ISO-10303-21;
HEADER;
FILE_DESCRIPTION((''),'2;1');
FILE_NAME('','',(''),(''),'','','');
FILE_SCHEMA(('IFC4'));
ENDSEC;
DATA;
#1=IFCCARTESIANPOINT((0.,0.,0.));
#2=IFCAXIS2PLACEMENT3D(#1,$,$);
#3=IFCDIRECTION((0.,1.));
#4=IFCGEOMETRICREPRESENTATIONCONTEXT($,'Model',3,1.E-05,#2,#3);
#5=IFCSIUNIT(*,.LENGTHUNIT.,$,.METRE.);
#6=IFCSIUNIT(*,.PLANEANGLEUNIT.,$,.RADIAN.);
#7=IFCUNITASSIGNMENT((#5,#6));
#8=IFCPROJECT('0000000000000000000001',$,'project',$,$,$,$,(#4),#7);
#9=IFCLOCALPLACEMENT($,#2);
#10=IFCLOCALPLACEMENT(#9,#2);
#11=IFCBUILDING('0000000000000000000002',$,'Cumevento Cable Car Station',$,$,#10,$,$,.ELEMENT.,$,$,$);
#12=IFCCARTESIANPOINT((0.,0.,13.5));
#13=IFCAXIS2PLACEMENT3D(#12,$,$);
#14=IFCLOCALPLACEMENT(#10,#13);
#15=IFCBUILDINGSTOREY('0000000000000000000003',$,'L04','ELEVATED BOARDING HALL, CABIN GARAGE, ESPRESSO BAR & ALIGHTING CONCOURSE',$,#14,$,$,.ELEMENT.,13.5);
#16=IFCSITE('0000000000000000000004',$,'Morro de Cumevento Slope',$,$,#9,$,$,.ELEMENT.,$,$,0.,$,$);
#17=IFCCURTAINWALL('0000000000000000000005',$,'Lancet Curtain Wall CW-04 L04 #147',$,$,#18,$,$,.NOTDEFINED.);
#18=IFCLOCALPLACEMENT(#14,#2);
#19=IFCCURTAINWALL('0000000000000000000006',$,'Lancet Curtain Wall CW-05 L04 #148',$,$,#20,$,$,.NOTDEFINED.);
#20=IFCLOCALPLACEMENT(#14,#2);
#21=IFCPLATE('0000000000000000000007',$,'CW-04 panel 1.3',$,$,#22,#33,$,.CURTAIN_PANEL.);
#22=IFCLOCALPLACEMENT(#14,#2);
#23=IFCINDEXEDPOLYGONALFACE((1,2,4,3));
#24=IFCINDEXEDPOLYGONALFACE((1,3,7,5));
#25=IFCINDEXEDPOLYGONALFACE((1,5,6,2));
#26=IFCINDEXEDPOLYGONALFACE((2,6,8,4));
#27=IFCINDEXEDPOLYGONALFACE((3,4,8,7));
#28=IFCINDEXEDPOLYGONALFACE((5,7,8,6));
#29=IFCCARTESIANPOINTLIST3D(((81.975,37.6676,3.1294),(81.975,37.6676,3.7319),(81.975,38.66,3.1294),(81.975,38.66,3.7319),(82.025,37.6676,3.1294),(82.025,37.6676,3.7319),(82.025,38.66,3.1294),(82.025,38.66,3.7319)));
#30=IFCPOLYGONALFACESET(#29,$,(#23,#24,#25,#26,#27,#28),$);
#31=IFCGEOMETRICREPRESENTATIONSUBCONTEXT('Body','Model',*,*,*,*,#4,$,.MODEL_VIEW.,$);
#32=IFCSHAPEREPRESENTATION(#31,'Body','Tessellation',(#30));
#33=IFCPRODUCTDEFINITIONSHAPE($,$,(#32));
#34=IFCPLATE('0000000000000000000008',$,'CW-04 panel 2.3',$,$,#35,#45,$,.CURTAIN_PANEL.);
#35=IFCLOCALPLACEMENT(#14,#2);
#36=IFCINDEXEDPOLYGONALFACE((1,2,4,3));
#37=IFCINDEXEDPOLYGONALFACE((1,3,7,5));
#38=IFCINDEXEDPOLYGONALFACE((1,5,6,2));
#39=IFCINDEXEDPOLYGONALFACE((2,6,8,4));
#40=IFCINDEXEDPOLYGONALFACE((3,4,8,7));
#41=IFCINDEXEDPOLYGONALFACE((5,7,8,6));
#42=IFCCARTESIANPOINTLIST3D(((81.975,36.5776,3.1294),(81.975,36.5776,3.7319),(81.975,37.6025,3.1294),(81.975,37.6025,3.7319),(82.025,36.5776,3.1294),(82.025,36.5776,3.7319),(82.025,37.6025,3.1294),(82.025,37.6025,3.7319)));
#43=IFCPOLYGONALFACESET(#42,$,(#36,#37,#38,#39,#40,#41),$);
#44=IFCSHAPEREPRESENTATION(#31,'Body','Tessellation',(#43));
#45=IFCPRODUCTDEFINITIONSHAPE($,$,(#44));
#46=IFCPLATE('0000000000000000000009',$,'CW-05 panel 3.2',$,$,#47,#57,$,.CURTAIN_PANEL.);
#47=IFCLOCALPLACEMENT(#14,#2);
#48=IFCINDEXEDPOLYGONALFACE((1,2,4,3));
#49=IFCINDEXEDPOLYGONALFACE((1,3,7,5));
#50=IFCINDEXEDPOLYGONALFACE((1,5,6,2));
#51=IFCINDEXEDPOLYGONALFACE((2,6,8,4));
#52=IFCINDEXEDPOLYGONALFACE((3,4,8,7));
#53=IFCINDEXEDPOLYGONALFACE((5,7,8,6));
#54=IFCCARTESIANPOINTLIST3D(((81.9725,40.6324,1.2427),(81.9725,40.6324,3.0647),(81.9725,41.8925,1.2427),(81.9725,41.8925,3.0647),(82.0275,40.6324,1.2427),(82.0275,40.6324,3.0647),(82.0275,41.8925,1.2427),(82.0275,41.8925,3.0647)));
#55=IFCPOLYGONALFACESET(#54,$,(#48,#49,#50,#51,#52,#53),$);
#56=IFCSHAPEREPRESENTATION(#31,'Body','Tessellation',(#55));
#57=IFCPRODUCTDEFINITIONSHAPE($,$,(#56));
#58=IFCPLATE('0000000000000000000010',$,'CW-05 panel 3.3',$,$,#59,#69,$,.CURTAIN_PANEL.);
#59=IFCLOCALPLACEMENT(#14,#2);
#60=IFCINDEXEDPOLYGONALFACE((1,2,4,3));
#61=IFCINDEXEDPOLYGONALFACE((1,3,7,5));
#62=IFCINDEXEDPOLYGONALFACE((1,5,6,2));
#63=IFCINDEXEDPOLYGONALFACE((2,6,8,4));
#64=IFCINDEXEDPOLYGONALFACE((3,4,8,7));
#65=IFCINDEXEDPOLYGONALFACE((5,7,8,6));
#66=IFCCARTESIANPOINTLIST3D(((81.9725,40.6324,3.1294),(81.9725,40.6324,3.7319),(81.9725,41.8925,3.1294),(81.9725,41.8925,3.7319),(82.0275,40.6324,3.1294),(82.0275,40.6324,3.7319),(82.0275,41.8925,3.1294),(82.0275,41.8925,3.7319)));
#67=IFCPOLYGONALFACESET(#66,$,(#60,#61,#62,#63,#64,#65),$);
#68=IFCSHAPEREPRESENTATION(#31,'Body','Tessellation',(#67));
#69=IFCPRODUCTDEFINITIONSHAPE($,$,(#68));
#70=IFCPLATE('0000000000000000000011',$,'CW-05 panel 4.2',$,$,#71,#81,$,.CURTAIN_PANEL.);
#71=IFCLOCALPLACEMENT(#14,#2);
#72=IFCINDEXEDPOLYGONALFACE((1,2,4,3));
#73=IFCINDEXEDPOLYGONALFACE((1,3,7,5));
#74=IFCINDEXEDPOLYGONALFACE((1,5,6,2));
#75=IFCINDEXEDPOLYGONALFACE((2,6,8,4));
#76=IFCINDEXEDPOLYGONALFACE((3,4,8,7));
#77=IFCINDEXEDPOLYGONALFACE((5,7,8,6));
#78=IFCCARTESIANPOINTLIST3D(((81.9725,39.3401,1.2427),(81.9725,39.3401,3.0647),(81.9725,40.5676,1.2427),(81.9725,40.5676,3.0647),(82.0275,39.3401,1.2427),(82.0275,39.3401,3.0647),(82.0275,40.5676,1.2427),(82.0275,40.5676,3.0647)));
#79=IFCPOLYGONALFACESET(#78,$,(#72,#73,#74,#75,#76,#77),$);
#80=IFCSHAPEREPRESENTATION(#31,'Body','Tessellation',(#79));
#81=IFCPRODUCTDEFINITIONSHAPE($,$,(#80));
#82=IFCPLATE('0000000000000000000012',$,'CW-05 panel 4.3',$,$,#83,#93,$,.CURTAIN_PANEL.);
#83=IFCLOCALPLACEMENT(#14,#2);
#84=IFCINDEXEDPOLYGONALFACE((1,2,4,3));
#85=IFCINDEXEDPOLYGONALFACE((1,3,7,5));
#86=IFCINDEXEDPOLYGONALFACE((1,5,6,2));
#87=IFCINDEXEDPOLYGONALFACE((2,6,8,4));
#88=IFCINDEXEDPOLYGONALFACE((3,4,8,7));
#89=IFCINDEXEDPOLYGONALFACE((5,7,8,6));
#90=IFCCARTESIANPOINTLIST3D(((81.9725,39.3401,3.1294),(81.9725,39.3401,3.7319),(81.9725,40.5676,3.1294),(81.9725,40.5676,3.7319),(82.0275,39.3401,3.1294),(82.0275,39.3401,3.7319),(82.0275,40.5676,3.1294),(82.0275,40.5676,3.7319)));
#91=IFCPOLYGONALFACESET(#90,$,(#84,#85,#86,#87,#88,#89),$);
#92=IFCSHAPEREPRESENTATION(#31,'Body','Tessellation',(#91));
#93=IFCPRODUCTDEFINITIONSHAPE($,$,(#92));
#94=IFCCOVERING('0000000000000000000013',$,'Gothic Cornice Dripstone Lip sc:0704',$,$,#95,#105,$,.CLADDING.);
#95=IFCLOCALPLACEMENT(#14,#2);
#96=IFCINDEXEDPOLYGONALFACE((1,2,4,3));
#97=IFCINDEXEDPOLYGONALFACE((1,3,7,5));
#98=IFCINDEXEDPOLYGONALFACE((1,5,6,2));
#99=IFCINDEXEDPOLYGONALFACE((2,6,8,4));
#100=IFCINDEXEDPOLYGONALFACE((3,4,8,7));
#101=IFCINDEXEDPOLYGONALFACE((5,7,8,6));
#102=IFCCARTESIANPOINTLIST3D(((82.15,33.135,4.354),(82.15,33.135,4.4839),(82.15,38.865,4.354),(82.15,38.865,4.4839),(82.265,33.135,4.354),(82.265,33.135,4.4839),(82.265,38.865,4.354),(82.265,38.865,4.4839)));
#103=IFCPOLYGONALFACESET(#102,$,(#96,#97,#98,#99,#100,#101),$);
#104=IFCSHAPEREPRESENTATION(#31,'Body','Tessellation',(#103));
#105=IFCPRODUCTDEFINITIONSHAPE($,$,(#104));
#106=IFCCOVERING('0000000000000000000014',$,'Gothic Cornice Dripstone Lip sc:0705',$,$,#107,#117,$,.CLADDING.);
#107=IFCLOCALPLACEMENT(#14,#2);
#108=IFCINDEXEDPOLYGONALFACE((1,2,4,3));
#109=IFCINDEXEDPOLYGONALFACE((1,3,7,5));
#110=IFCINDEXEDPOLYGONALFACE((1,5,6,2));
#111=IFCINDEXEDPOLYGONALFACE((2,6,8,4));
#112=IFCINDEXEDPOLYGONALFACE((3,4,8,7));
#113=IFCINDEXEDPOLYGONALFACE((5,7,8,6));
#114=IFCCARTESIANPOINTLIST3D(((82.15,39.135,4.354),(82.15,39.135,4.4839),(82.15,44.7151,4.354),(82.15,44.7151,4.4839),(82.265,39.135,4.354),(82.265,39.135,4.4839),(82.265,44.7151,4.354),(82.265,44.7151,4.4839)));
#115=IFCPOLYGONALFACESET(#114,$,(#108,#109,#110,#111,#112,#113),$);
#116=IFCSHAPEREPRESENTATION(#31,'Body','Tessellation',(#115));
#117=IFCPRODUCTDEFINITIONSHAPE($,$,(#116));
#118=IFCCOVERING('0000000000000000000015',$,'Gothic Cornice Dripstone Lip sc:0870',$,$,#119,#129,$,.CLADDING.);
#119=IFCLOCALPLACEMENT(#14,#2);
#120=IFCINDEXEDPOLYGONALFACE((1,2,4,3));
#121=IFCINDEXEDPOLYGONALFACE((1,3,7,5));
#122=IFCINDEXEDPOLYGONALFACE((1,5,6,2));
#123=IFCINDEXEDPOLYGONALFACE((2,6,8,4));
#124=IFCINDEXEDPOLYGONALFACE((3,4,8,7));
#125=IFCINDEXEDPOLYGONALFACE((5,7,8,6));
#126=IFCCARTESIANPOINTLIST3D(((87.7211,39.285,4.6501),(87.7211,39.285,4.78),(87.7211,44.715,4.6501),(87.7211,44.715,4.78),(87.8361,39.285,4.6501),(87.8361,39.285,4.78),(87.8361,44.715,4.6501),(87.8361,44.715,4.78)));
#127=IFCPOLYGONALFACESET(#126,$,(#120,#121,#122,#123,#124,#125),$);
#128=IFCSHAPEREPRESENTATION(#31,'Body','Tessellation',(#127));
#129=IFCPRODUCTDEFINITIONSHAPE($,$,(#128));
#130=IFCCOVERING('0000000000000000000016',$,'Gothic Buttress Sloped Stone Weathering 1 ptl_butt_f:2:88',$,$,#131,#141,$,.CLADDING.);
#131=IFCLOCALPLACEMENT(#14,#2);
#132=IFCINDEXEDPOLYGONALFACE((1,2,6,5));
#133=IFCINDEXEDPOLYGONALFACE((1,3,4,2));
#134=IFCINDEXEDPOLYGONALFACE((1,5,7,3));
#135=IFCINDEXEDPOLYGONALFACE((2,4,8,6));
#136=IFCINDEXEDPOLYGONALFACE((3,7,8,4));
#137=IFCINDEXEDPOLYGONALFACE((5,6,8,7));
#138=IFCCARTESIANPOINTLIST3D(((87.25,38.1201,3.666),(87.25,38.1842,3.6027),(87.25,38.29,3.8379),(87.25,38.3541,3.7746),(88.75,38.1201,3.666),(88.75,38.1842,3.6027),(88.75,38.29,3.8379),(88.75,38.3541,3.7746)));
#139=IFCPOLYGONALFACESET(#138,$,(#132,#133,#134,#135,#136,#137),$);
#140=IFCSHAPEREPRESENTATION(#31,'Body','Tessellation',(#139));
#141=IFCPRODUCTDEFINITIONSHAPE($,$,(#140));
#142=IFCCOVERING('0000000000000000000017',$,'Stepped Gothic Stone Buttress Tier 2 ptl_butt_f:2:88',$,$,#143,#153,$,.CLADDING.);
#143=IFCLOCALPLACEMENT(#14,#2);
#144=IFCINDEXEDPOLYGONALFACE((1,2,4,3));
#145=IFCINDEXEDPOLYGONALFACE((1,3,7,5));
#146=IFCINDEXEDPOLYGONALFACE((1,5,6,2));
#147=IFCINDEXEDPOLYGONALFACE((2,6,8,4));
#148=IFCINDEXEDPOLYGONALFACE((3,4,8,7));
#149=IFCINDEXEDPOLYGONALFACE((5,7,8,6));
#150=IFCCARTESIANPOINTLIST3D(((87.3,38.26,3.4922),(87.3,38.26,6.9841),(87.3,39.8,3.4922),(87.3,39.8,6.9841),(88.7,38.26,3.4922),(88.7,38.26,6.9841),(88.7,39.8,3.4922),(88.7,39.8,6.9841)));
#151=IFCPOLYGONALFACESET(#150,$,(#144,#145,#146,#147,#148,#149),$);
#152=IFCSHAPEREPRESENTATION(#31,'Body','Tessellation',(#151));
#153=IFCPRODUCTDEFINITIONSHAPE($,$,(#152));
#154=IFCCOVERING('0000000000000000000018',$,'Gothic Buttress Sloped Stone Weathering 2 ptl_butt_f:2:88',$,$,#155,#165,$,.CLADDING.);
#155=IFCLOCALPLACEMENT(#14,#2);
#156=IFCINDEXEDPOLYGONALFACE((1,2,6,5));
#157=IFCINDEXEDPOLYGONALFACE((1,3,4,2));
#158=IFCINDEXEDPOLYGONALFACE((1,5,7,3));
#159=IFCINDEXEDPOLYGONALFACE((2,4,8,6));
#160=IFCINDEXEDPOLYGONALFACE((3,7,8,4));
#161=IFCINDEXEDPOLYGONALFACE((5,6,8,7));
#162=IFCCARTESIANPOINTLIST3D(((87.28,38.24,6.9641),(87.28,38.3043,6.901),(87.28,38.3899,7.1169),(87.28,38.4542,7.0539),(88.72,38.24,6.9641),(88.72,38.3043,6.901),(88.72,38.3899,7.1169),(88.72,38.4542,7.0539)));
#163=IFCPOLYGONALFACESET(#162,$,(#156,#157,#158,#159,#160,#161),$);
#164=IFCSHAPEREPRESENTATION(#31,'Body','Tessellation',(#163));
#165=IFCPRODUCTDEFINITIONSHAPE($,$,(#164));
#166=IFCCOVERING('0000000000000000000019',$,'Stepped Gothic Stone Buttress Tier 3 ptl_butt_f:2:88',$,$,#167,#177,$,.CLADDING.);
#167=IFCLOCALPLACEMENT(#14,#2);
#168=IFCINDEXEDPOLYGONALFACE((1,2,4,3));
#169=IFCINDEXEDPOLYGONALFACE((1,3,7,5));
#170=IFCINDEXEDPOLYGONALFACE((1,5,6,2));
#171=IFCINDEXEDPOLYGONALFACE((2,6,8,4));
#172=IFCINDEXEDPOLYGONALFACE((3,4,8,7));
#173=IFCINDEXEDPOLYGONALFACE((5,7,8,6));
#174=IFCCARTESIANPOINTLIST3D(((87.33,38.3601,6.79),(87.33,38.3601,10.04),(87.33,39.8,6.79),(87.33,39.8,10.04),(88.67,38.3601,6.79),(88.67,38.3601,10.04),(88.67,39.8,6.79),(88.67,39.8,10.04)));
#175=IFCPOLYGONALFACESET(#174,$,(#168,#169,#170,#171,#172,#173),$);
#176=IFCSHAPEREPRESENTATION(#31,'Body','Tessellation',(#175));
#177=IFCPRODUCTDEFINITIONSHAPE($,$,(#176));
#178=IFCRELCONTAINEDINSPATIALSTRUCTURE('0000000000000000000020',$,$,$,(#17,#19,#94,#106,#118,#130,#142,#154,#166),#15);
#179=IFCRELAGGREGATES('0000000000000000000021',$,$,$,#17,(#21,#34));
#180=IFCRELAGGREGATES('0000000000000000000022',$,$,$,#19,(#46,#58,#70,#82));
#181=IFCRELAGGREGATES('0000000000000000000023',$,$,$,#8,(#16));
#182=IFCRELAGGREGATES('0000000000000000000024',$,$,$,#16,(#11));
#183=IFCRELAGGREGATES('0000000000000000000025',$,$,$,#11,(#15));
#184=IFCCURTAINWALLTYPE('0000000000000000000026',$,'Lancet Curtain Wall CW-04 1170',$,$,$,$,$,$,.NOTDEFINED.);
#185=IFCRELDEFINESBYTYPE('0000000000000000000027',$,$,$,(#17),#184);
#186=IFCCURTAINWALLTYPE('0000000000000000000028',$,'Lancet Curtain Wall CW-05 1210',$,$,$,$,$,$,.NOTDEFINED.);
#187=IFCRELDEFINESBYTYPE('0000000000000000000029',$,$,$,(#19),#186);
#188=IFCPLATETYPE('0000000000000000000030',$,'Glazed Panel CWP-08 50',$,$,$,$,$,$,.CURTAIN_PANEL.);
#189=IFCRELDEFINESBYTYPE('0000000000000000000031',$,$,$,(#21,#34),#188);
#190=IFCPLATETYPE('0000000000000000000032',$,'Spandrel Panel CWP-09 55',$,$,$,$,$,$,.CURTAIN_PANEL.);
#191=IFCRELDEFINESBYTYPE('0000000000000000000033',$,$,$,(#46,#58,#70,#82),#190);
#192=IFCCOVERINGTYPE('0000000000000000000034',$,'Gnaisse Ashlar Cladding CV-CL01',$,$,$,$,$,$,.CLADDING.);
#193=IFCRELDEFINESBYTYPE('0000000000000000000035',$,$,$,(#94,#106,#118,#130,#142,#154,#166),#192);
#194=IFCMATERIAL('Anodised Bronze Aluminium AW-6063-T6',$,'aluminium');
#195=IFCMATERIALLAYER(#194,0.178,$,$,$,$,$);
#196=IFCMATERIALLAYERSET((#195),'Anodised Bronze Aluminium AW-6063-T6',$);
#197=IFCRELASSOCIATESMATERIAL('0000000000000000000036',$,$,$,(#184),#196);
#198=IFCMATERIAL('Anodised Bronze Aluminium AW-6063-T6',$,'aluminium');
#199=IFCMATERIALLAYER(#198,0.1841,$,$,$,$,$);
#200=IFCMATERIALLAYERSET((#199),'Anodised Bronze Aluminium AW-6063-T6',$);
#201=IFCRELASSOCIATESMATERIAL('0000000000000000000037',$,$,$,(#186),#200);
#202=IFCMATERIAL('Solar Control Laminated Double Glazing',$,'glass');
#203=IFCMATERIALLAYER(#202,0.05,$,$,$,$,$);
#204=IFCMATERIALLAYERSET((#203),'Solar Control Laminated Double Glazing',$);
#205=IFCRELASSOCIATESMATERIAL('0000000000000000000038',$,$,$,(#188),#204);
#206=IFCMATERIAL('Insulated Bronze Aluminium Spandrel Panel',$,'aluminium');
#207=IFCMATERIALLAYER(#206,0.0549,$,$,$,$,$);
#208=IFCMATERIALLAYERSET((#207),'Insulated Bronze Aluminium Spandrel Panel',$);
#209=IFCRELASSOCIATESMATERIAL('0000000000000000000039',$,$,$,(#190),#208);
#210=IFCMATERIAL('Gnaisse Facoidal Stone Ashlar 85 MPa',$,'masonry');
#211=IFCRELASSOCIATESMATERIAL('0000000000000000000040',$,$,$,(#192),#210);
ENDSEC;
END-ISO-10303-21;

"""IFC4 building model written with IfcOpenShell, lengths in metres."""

from ifc_helpers import new_model, si_unit, direction, frame, origin, origin_2d, place, context, subcontext, project, spatial, polyline, rectangle, outline, extrude, material, layer, layer_set, type_object, element, aggregate, save


model = new_model("IFC4")

# Units and contexts
model_context = context("Model", 3, precision=1e-05, world=origin(), true_north=direction((0.0, 1.0)))
body_context = subcontext(model_context, "Body", "Model", "MODEL_VIEW")
ifc_project = project(units=[si_unit("LENGTHUNIT", "METRE"), si_unit("PLANEANGLEUNIT", "RADIAN")], contexts=[model_context])

# Site, building, storey
site_placement = place(None, origin())
site = spatial("IfcSite", under=ifc_project, at=site_placement, Name="Morro de Cumevento Slope", CompositionType="ELEMENT", RefElevation=0.0)
building_placement = place(site_placement, origin())
building = spatial("IfcBuilding", under=site, at=building_placement, Name="Cumevento Cable Car Station", CompositionType="ELEMENT")
storey_placement = place(building_placement, frame((0.0, 0.0, 13.5)))
storey = spatial("IfcBuildingStorey", under=building, at=storey_placement, Name="L04", Description="ELEVATED BOARDING HALL, CABIN GARAGE, ESPRESSO BAR & ALIGHTING CONCOURSE", CompositionType="ELEMENT", Elevation=13.5)

# Curtain walls
ifc_material_1 = material(Name="Anodised Bronze Aluminium AW-6063-T6", Category="aluminium")
ifc_layer_1 = layer(ifc_material_1, 0.178)
ifc_layer_set_1 = layer_set([ifc_layer_1], Name="Anodised Bronze Aluminium AW-6063-T6")
curtain_wall_type_1 = type_object("IfcCurtainWallType", Name="Lancet Curtain Wall CW-04 1170", PredefinedType="NOTDEFINED", material=ifc_layer_set_1)
curtain_wall_1_placement = place(storey_placement, origin())
curtain_wall_1 = element("IfcCurtainWall", 1, at=curtain_wall_1_placement, inside=storey, type_object=curtain_wall_type_1, Name="Lancet Curtain Wall CW-04 L04 #147", PredefinedType="NOTDEFINED")
ifc_material_2 = material(Name="Anodised Bronze Aluminium AW-6063-T6", Category="aluminium")
ifc_layer_2 = layer(ifc_material_2, 0.1841)
ifc_layer_set_2 = layer_set([ifc_layer_2], Name="Anodised Bronze Aluminium AW-6063-T6")
curtain_wall_type_2 = type_object("IfcCurtainWallType", Name="Lancet Curtain Wall CW-05 1210", PredefinedType="NOTDEFINED", material=ifc_layer_set_2)
curtain_wall_2_placement = place(storey_placement, origin())
curtain_wall_2 = element("IfcCurtainWall", 2, at=curtain_wall_2_placement, inside=storey, type_object=curtain_wall_type_2, Name="Lancet Curtain Wall CW-05 L04 #148", PredefinedType="NOTDEFINED")

# Plates
ifc_material_3 = material(Name="Solar Control Laminated Double Glazing", Category="glass")
ifc_layer_3 = layer(ifc_material_3, 0.05)
ifc_layer_set_3 = layer_set([ifc_layer_3], Name="Solar Control Laminated Double Glazing")
plate_type_1 = type_object("IfcPlateType", Name="Glazed Panel CWP-08 50", PredefinedType="CURTAIN_PANEL", material=ifc_layer_set_3)
plate_1_placement = place(storey_placement, frame((82.0, 38.1638, 3.1294), z_axis=(0.0, 0.0, 1.0), x_axis=(0.0, -1.0, 0.0)))
plate_1 = element("IfcPlate", 3, at=plate_1_placement, type_object=plate_type_1, Name="CW-04 panel 1.3", PredefinedType="CURTAIN_PANEL", context=body_context, shape_type="SweptSolid", body=[
    extrude(rectangle(XDim=0.9924, YDim=0.05, at=origin_2d()), origin(), (0.0, 0.0, 1.0), 0.6025),
])
plate_2_placement = place(storey_placement, frame((82.0, 37.0901, 3.1294), z_axis=(0.0, 0.0, 1.0), x_axis=(0.0, -1.0, 0.0)))
plate_2 = element("IfcPlate", 4, at=plate_2_placement, type_object=plate_type_1, Name="CW-04 panel 2.3", PredefinedType="CURTAIN_PANEL", context=body_context, shape_type="SweptSolid", body=[
    extrude(rectangle(XDim=1.0249, YDim=0.05, at=origin_2d()), origin(), (0.0, 0.0, 1.0), 0.6025),
])
aggregate(curtain_wall_1, [plate_1, plate_2])
ifc_material_4 = material(Name="Insulated Bronze Aluminium Spandrel Panel", Category="aluminium")
ifc_layer_4 = layer(ifc_material_4, 0.0549)
ifc_layer_set_4 = layer_set([ifc_layer_4], Name="Insulated Bronze Aluminium Spandrel Panel")
plate_type_2 = type_object("IfcPlateType", Name="Spandrel Panel CWP-09 55", PredefinedType="CURTAIN_PANEL", material=ifc_layer_set_4)
plate_3_placement = place(storey_placement, frame((82.0, 41.2625, 1.2427), z_axis=(0.0, 0.0, 1.0), x_axis=(0.0, -1.0, 0.0)))
plate_3 = element("IfcPlate", 5, at=plate_3_placement, type_object=plate_type_2, Name="CW-05 panel 3.2", PredefinedType="CURTAIN_PANEL", context=body_context, shape_type="SweptSolid", body=[
    extrude(rectangle(XDim=1.26, YDim=0.0549, at=origin_2d()), origin(), (0.0, 0.0, 1.0), 1.822),
])
plate_4_placement = place(storey_placement, frame((82.0, 41.2625, 3.1294), z_axis=(0.0, 0.0, 1.0), x_axis=(0.0, -1.0, 0.0)))
plate_4 = element("IfcPlate", 6, at=plate_4_placement, type_object=plate_type_2, Name="CW-05 panel 3.3", PredefinedType="CURTAIN_PANEL", context=body_context, shape_type="SweptSolid", body=[
    extrude(rectangle(XDim=1.26, YDim=0.0549, at=origin_2d()), origin(), (0.0, 0.0, 1.0), 0.6025),
])
plate_5_placement = place(storey_placement, frame((82.0, 39.9539, 1.2427), z_axis=(0.0, 0.0, 1.0), x_axis=(0.0, -1.0, 0.0)))
plate_5 = element("IfcPlate", 7, at=plate_5_placement, type_object=plate_type_2, Name="CW-05 panel 4.2", PredefinedType="CURTAIN_PANEL", context=body_context, shape_type="SweptSolid", body=[
    extrude(rectangle(XDim=1.2275, YDim=0.0549, at=origin_2d()), origin(), (0.0, 0.0, 1.0), 1.822),
])
plate_6_placement = place(storey_placement, frame((82.0, 39.9539, 3.1294), z_axis=(0.0, 0.0, 1.0), x_axis=(0.0, -1.0, 0.0)))
plate_6 = element("IfcPlate", 8, at=plate_6_placement, type_object=plate_type_2, Name="CW-05 panel 4.3", PredefinedType="CURTAIN_PANEL", context=body_context, shape_type="SweptSolid", body=[
    extrude(rectangle(XDim=1.2275, YDim=0.0549, at=origin_2d()), origin(), (0.0, 0.0, 1.0), 0.6025),
])
aggregate(curtain_wall_2, [plate_3, plate_4, plate_5, plate_6])

# Coverings
ifc_material_5 = material(Name="Gnaisse Facoidal Stone Ashlar 85 MPa", Category="masonry")
covering_type = type_object("IfcCoveringType", Name="Gnaisse Ashlar Cladding CV-CL01", PredefinedType="CLADDING", material=ifc_material_5)
covering_1_placement = place(storey_placement, frame((82.2075, 36.0, 4.354), z_axis=(0.0, 0.0, 1.0), x_axis=(0.0, -1.0, 0.0)))
element("IfcCovering", 9, at=covering_1_placement, inside=storey, type_object=covering_type, Name="Gothic Cornice Dripstone Lip sc:0704", PredefinedType="CLADDING", context=body_context, shape_type="SweptSolid", body=[
    extrude(rectangle(XDim=5.73, YDim=0.115, at=origin_2d()), origin(), (0.0, 0.0, 1.0), 0.1299),
])
covering_2_placement = place(storey_placement, frame((82.2075, 41.925, 4.354), z_axis=(0.0, 0.0, 1.0), x_axis=(0.0, -1.0, 0.0)))
element("IfcCovering", 10, at=covering_2_placement, inside=storey, type_object=covering_type, Name="Gothic Cornice Dripstone Lip sc:0705", PredefinedType="CLADDING", context=body_context, shape_type="SweptSolid", body=[
    extrude(rectangle(XDim=5.5801, YDim=0.115, at=origin_2d()), origin(), (0.0, 0.0, 1.0), 0.1299),
])
covering_3_placement = place(storey_placement, frame((87.7786, 42.0, 4.6501), z_axis=(0.0, 0.0, 1.0), x_axis=(0.0, 1.0, 0.0)))
element("IfcCovering", 11, at=covering_3_placement, inside=storey, type_object=covering_type, Name="Gothic Cornice Dripstone Lip sc:0870", PredefinedType="CLADDING", context=body_context, shape_type="SweptSolid", body=[
    extrude(rectangle(XDim=5.4299, YDim=0.115, at=origin_2d()), origin(), (0.0, 0.0, 1.0), 0.1299),
])
covering_4_placement = place(storey_placement, frame((87.25, 38.1201, 3.666), z_axis=(0.0, -0.711136, 0.703055), x_axis=(1.0, 0.0, 0.0)))
element("IfcCovering", 12, at=covering_4_placement, inside=storey, type_object=covering_type, Name="Gothic Buttress Sloped Stone Weathering 1 ptl_butt_f:2:88", PredefinedType="CLADDING", context=body_context, shape_type="SweptSolid", body=[
    extrude(outline(polyline([(0.0, 0.0), (1.5, 0.0), (1.5, 0.2417), (0.0, 0.2417), (0.0, 0.0)])), origin(), (0.0, 0.0, -1.0), 0.0901),
])
covering_5_placement = place(storey_placement, frame((88.0, 39.03, 3.4922), z_axis=(0.0, 0.0, 1.0), x_axis=(1.0, 0.0, 0.0)))
element("IfcCovering", 13, at=covering_5_placement, inside=storey, type_object=covering_type, Name="Stepped Gothic Stone Buttress Tier 2 ptl_butt_f:2:88", PredefinedType="CLADDING", context=body_context, shape_type="SweptSolid", body=[
    extrude(rectangle(XDim=1.3999, YDim=1.54, at=origin_2d()), origin(), (0.0, 0.0, 1.0), 3.4919),
])
covering_6_placement = place(storey_placement, frame((87.28, 38.24, 6.9641), z_axis=(0.0, -0.713916, 0.700231), x_axis=(1.0, 0.0, 0.0)))
element("IfcCovering", 14, at=covering_6_placement, inside=storey, type_object=covering_type, Name="Gothic Buttress Sloped Stone Weathering 2 ptl_butt_f:2:88", PredefinedType="CLADDING", context=body_context, shape_type="SweptSolid", body=[
    extrude(outline(polyline([(0.0, 0.0), (1.4399, 0.0), (1.4399, 0.2141), (0.0, 0.2141), (0.0, 0.0)])), origin(), (0.0, 0.0, -1.0), 0.0901),
])
covering_7_placement = place(storey_placement, frame((88.0, 39.0801, 6.79), z_axis=(0.0, 0.0, 1.0), x_axis=(1.0, 0.0, 0.0)))
element("IfcCovering", 15, at=covering_7_placement, inside=storey, type_object=covering_type, Name="Stepped Gothic Stone Buttress Tier 3 ptl_butt_f:2:88", PredefinedType="CLADDING", context=body_context, shape_type="SweptSolid", body=[
    extrude(rectangle(XDim=1.3401, YDim=1.4399, at=origin_2d()), origin(), (0.0, 0.0, 1.0), 3.25),
])

save(model, "model.ifc")
